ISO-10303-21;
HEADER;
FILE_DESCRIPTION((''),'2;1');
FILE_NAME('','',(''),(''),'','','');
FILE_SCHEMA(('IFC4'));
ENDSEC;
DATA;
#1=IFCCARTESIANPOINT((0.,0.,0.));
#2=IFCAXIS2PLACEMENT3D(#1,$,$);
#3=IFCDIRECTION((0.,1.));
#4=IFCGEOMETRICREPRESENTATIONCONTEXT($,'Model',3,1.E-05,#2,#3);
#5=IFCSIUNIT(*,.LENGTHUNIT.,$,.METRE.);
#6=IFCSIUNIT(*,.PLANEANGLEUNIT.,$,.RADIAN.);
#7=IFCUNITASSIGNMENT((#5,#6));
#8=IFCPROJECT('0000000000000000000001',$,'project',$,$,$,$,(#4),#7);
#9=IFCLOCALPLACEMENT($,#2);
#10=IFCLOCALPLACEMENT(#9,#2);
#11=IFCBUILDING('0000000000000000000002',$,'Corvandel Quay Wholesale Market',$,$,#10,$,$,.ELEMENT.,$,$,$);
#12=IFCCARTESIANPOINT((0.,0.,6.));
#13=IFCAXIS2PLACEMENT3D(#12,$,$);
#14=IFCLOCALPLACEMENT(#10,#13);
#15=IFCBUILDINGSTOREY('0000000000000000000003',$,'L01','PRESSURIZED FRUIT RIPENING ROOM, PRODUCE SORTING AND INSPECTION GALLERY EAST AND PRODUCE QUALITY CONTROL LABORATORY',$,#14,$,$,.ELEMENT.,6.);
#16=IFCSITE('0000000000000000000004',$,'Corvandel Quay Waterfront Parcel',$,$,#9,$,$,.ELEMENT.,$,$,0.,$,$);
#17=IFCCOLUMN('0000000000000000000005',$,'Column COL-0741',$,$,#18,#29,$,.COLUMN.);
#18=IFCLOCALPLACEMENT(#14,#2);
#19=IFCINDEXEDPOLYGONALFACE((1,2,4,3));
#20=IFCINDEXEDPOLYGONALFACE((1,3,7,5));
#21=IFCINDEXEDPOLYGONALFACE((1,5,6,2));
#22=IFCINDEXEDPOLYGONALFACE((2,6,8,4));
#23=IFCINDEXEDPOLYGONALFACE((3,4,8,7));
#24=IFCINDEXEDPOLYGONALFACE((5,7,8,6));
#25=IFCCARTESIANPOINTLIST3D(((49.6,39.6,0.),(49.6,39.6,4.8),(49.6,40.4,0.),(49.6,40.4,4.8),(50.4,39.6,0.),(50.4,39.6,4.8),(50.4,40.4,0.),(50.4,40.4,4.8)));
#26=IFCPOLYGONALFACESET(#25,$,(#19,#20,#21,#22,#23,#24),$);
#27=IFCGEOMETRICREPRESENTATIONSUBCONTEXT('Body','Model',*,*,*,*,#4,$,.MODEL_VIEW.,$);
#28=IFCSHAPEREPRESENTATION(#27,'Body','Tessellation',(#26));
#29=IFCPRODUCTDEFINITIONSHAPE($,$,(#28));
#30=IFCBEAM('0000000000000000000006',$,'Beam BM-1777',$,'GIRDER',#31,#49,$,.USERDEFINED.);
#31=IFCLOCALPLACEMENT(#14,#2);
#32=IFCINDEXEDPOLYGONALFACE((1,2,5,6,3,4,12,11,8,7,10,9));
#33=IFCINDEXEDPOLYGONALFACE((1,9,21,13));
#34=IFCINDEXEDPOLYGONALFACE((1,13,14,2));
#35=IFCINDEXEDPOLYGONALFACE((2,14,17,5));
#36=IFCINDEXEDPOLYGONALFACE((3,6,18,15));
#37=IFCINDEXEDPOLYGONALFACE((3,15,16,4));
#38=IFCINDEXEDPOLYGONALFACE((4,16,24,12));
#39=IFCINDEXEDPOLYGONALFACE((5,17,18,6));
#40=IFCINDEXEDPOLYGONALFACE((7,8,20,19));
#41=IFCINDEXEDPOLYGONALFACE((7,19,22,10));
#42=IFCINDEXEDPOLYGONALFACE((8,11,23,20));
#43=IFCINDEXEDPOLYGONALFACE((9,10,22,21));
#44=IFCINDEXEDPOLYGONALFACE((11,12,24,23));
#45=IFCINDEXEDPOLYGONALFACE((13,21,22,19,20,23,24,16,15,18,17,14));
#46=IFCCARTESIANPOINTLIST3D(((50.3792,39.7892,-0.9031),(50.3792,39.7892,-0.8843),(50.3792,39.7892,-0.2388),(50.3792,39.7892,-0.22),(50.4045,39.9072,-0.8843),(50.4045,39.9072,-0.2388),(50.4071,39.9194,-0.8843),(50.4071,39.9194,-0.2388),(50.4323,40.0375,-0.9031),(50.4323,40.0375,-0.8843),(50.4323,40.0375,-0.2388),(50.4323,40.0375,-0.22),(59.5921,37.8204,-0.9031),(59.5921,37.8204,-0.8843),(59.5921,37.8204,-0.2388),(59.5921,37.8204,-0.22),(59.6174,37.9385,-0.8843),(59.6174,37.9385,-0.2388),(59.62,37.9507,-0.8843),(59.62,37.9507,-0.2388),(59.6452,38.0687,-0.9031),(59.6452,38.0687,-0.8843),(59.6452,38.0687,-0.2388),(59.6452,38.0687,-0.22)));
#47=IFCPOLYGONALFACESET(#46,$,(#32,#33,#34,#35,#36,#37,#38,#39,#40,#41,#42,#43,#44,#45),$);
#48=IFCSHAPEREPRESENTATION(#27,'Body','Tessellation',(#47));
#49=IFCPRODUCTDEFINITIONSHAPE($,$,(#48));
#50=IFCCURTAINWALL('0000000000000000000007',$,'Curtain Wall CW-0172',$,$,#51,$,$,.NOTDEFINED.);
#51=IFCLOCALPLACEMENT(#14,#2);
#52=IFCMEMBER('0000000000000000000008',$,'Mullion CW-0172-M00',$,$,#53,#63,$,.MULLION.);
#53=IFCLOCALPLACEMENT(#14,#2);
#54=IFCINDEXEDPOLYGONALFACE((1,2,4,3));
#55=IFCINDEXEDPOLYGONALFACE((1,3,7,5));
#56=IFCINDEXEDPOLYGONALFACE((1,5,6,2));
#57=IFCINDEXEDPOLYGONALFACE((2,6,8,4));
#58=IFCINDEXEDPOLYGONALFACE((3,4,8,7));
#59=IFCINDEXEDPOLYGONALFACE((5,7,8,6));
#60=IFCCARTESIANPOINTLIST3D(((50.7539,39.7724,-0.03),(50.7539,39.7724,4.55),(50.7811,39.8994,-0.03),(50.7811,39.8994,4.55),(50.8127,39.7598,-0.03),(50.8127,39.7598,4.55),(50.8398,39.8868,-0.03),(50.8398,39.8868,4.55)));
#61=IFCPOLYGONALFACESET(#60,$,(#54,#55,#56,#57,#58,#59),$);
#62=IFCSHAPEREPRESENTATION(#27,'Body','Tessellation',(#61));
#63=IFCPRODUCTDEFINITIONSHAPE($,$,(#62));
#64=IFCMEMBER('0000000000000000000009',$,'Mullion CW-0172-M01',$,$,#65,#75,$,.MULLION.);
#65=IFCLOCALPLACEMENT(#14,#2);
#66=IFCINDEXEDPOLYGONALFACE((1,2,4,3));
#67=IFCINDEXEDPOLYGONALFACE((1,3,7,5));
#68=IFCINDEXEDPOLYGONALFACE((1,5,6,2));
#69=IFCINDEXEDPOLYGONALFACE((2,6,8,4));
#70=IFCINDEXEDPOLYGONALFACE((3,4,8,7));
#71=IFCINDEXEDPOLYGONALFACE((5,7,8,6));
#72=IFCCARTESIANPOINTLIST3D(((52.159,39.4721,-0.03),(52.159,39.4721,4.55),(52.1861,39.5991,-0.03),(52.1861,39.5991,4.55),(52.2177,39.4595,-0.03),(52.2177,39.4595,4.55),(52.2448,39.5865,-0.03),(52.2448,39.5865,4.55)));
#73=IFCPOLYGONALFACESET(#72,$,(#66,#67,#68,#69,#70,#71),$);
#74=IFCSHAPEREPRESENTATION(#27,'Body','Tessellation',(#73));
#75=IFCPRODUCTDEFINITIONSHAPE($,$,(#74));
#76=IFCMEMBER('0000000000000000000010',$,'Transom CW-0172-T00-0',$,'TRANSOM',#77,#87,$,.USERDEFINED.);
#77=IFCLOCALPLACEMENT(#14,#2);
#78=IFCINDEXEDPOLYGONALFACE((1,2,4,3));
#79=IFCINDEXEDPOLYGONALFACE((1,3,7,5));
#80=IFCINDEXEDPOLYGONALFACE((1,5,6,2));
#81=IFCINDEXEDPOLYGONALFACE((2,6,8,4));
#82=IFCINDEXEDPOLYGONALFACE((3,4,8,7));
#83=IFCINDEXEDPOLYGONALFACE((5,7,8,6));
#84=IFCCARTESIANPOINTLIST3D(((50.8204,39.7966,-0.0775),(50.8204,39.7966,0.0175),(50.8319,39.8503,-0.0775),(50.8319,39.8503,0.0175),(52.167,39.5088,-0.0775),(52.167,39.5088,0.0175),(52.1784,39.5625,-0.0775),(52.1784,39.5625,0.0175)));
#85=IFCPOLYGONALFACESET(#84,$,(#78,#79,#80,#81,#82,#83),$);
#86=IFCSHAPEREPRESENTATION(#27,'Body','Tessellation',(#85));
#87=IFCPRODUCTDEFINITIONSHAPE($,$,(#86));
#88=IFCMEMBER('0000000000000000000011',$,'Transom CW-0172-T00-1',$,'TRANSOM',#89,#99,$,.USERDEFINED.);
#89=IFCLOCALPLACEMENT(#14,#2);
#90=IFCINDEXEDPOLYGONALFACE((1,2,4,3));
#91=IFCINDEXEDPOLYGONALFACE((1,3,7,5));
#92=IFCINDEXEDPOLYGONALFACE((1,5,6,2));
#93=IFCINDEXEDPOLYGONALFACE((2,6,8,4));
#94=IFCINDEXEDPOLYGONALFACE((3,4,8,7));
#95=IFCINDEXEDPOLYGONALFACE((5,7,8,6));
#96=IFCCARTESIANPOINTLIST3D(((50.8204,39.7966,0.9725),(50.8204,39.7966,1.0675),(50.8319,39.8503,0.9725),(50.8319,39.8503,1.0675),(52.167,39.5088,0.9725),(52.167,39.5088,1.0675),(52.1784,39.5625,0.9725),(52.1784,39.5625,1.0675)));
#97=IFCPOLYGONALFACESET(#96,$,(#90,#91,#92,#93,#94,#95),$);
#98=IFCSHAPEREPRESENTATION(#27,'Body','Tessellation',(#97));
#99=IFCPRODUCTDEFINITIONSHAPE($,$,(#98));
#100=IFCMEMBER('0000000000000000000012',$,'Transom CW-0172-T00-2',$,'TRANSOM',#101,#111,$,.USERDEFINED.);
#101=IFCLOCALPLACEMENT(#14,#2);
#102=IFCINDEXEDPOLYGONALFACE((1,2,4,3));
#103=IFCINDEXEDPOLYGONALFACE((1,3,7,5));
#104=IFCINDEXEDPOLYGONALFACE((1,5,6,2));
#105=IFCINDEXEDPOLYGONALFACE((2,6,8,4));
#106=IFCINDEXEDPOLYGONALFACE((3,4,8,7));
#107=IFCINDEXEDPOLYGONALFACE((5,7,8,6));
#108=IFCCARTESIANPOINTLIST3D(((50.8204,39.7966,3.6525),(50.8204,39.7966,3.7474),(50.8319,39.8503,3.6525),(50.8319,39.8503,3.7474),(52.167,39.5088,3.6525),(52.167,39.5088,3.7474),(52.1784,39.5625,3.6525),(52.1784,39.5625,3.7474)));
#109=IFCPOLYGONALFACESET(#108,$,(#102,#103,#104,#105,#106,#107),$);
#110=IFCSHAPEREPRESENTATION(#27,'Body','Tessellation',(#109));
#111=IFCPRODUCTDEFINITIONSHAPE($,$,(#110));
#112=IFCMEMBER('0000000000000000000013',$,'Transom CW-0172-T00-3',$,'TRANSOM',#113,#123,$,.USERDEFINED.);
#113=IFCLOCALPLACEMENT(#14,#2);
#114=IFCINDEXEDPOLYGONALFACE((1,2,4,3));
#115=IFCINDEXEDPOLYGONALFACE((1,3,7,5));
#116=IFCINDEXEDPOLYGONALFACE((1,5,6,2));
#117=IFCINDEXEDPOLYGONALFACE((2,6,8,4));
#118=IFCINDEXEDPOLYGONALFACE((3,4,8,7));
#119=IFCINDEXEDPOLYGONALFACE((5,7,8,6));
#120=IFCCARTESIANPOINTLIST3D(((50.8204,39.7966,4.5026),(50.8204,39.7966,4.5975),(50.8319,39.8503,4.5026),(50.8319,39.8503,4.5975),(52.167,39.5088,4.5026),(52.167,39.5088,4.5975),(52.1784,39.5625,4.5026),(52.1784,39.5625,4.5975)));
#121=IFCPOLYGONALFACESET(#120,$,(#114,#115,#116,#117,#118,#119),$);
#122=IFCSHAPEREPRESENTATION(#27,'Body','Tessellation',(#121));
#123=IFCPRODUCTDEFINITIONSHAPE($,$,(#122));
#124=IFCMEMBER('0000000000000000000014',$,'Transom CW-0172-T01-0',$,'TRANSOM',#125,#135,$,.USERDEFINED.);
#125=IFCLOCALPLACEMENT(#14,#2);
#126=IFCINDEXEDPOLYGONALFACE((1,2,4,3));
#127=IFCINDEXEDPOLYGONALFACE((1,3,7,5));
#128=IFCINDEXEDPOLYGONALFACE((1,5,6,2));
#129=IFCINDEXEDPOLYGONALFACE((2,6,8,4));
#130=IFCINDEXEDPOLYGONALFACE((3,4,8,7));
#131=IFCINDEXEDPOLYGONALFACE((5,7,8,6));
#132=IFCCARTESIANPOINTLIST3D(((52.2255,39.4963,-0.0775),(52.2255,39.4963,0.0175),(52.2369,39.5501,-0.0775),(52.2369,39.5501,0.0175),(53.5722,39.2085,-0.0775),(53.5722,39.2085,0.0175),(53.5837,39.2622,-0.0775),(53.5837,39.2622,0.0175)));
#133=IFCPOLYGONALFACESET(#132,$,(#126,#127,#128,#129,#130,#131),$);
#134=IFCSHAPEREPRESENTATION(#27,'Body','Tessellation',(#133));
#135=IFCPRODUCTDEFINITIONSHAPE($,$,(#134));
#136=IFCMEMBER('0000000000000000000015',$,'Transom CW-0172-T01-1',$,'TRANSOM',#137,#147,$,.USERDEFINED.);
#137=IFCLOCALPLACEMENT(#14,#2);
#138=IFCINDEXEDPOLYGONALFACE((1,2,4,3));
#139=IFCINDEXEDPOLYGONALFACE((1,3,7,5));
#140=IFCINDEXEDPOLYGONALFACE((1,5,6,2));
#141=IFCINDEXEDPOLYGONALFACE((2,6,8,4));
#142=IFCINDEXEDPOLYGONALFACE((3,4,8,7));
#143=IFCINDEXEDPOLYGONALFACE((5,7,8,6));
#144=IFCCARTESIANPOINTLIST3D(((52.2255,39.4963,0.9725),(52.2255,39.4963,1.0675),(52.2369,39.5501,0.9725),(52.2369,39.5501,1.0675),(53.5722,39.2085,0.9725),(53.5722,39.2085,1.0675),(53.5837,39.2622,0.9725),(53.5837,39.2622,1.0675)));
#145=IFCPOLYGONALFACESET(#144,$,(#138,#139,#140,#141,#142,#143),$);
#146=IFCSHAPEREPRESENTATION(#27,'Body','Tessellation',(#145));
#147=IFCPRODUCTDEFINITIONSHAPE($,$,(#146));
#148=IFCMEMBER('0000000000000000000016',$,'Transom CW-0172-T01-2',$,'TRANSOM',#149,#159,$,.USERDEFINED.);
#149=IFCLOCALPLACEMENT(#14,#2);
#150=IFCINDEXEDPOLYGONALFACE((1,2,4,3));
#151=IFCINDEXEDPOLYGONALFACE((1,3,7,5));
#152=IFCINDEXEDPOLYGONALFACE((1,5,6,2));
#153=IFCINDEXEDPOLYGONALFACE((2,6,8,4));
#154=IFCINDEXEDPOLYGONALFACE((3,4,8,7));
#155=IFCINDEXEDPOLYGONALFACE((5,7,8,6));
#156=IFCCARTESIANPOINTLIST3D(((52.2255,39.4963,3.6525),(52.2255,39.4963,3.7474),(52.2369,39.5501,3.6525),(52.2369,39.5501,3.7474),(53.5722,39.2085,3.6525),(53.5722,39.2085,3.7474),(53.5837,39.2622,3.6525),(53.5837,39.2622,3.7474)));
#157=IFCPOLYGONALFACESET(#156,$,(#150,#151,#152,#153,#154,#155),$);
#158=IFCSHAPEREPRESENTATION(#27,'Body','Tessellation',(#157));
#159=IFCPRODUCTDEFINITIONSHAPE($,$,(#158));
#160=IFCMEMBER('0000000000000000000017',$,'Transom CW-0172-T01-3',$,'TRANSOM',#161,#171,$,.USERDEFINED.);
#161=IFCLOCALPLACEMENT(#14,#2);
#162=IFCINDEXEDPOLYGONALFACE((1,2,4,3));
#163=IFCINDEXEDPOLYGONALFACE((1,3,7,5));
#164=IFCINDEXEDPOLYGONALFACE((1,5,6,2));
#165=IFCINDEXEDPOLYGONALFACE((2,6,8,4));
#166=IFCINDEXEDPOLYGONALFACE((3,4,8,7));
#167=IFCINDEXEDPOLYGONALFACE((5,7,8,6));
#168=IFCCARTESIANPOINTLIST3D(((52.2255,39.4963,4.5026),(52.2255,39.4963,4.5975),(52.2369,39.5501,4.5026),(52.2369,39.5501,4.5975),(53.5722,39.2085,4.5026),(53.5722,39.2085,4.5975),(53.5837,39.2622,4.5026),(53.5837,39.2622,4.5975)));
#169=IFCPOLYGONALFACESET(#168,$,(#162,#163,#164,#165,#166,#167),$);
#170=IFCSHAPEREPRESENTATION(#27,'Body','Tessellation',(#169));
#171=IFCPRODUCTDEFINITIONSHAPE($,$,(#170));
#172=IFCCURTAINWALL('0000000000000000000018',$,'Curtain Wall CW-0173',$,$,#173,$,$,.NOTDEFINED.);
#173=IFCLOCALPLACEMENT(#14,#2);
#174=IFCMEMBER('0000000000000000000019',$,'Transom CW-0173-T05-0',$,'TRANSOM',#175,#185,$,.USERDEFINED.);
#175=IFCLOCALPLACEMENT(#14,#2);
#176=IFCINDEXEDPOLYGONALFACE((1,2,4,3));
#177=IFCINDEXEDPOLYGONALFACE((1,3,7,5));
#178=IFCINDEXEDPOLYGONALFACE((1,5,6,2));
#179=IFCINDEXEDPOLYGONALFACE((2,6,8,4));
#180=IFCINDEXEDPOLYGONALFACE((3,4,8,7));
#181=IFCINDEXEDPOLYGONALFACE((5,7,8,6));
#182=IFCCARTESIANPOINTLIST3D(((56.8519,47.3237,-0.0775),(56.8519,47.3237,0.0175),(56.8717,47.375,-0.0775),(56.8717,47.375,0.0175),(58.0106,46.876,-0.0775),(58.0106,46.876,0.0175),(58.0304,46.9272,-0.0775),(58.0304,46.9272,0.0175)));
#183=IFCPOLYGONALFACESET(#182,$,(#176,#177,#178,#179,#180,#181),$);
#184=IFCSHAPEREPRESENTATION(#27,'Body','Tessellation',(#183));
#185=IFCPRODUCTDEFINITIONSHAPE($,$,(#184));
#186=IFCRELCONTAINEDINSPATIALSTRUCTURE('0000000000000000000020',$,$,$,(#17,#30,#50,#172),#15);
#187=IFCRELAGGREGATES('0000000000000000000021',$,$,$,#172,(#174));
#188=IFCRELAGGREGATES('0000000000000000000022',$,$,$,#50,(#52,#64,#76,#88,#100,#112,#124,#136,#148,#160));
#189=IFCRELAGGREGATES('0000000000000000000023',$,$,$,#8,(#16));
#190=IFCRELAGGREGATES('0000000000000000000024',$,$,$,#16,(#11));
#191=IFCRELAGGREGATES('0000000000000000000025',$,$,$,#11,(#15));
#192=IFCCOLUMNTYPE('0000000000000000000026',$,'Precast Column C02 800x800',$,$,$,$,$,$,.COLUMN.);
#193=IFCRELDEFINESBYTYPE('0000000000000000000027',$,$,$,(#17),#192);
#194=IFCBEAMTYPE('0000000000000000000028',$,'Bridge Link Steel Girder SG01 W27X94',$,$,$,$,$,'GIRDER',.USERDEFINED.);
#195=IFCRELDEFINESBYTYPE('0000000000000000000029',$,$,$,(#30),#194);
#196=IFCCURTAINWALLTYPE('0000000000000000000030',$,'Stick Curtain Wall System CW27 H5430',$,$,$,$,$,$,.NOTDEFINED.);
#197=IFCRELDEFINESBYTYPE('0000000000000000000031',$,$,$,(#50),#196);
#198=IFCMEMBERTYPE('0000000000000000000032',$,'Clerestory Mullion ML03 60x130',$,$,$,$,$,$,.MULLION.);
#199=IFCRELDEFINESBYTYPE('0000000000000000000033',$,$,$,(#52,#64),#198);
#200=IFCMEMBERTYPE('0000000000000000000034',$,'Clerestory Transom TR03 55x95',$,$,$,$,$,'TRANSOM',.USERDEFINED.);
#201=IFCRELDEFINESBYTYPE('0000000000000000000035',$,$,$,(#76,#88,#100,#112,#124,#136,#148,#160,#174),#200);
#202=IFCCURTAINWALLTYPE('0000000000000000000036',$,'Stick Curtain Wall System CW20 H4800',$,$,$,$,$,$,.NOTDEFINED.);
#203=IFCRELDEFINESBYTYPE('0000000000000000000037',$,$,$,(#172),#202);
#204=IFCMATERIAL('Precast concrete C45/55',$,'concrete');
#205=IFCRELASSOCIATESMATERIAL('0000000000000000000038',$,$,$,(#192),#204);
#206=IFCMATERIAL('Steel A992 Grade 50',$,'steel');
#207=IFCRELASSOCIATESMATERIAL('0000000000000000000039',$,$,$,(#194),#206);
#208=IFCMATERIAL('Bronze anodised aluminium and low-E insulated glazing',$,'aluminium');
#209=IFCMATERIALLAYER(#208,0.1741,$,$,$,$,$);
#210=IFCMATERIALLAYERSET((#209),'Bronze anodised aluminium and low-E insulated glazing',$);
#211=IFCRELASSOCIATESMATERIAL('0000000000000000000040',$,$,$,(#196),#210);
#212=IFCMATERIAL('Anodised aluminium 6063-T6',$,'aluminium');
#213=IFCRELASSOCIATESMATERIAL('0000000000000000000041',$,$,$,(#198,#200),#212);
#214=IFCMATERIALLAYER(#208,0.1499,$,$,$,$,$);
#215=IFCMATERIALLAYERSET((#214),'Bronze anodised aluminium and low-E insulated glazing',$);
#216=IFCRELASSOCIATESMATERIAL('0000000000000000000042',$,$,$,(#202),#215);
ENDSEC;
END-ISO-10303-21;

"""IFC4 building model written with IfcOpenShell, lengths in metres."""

from ifc_helpers import new_model, si_unit, direction, frame, origin, origin_2d, place, context, subcontext, project, spatial, rectangle, i_section, extrude, material, layer, layer_set, material_profile, profile_set, type_object, element, aggregate, save


model = new_model("IFC4")

# Units and contexts
model_context = context("Model", 3, precision=1e-05, world=origin(), true_north=direction((0.0, 1.0)))
body_context = subcontext(model_context, "Body", "Model", "MODEL_VIEW")
ifc_project = project(units=[si_unit("LENGTHUNIT", "METRE"), si_unit("PLANEANGLEUNIT", "RADIAN")], contexts=[model_context])

# Site, building, storey
site_placement = place(None, origin())
site = spatial("IfcSite", under=ifc_project, at=site_placement, Name="Corvandel Quay Waterfront Parcel", CompositionType="ELEMENT", RefElevation=0.0)
building_placement = place(site_placement, origin())
building = spatial("IfcBuilding", under=site, at=building_placement, Name="Corvandel Quay Wholesale Market", CompositionType="ELEMENT")
storey_placement = place(building_placement, frame((0.0, 0.0, 6.0)))
storey = spatial("IfcBuildingStorey", under=building, at=storey_placement, Name="L01", Description="PRESSURIZED FRUIT RIPENING ROOM, PRODUCE SORTING AND INSPECTION GALLERY EAST AND PRODUCE QUALITY CONTROL LABORATORY", CompositionType="ELEMENT", Elevation=6.0)

# Column
ifc_material_1 = material(Name="Precast concrete C45/55", Category="concrete")
ifc_material_profile_1 = material_profile(ifc_material_1, rectangle(XDim=0.8, YDim=0.8, at=origin_2d()), Name="PC-COL-800x800")
ifc_profile_set_1 = profile_set([ifc_material_profile_1], Name="Precast concrete C45/55")
column_type = type_object("IfcColumnType", Name="Precast Column C02 800x800", PredefinedType="COLUMN", material=ifc_profile_set_1)
column_placement = place(storey_placement, frame((50.0, 40.0, 0.0), z_axis=(0.0, 0.0, 1.0), x_axis=(1.0, 0.0, 0.0)))
element("IfcColumn", 1, at=column_placement, inside=storey, type_object=column_type, Name="Column COL-0741", PredefinedType="COLUMN", context=body_context, shape_type="SweptSolid", body=[
    extrude(rectangle(XDim=0.8, YDim=0.8, at=origin_2d()), origin(), (0.0, 0.0, 1.0), 4.8),
])

# Beam
ifc_material_2 = material(Name="Steel A992 Grade 50", Category="steel")
ifc_material_profile_2 = material_profile(ifc_material_2, i_section(OverallWidth=0.2539, OverallDepth=0.6831, WebThickness=0.0125, FlangeThickness=0.0188, at=origin_2d()), Name="W27X94")
ifc_profile_set_2 = profile_set([ifc_material_profile_2], Name="Steel A992 Grade 50")
beam_type_1 = type_object("IfcBeamType", Name="Bridge Link Steel Girder SG01 W27X94", ElementType="GIRDER", PredefinedType="USERDEFINED", material=ifc_profile_set_2)
beam_1_placement = place(storey_placement, frame((50.4058, 39.9133, -0.5615), z_axis=(0.977921, -0.208977, 0.0), x_axis=(0.208977, 0.977921, 0.0)))
element("IfcBeam", 2, at=beam_1_placement, inside=storey, type_object=beam_type_1, Name="Beam BM-1777", ObjectType="GIRDER", PredefinedType="USERDEFINED", context=body_context, shape_type="SweptSolid", body=[
    extrude(i_section(OverallWidth=0.2539, OverallDepth=0.6831, WebThickness=0.0125, FlangeThickness=0.0188, at=origin_2d()), origin(), (0.0, 0.0, 1.0), 9.4209),
])

# Curtain walls, members
ifc_material_3 = material(Name="Bronze anodised aluminium and low-E insulated glazing", Category="aluminium")
ifc_layer_1 = layer(ifc_material_3, 0.1741)
ifc_layer_set_1 = layer_set([ifc_layer_1], Name="Bronze anodised aluminium and low-E insulated glazing")
curtain_wall_type_1 = type_object("IfcCurtainWallType", Name="Stick Curtain Wall System CW27 H5430", PredefinedType="NOTDEFINED", material=ifc_layer_set_1)
curtain_wall_1_placement = place(storey_placement, origin())
curtain_wall_1 = element("IfcCurtainWall", 3, at=curtain_wall_1_placement, inside=storey, type_object=curtain_wall_type_1, Name="Curtain Wall CW-0172", PredefinedType="NOTDEFINED")
ifc_material_4 = material(Name="Anodised aluminium 6063-T6", Category="aluminium")
ifc_material_profile_3 = material_profile(ifc_material_4, rectangle(XDim=0.0601, YDim=0.1299, at=origin_2d()), Name="ALU-MUL-60x130")
ifc_profile_set_3 = profile_set([ifc_material_profile_3], Name="Anodised aluminium 6063-T6")
member_type_1 = type_object("IfcMemberType", Name="Clerestory Mullion ML03 60x130", PredefinedType="MULLION", material=ifc_profile_set_3)
member_1_placement = place(storey_placement, frame((50.7969, 39.8296, -0.03), z_axis=(0.0, 0.0, 1.0), x_axis=(-0.977929, 0.208936, 0.0)))
member_1 = element("IfcMember", 4, at=member_1_placement, type_object=member_type_1, Name="Mullion CW-0172-M00", PredefinedType="MULLION", context=body_context, shape_type="SweptSolid", body=[
    extrude(rectangle(XDim=0.0601, YDim=0.1299, at=origin_2d()), origin(), (0.0, 0.0, 1.0), 4.5801),
])
member_2_placement = place(storey_placement, frame((52.2019, 39.5293, -0.03), z_axis=(0.0, 0.0, 1.0), x_axis=(-0.977929, 0.208936, 0.0)))
member_2 = element("IfcMember", 5, at=member_2_placement, type_object=member_type_1, Name="Mullion CW-0172-M01", PredefinedType="MULLION", context=body_context, shape_type="SweptSolid", body=[
    extrude(rectangle(XDim=0.0601, YDim=0.1299, at=origin_2d()), origin(), (0.0, 0.0, 1.0), 4.5801),
])
ifc_material_profile_4 = material_profile(ifc_material_4, rectangle(XDim=0.0549, YDim=0.095, at=origin_2d()), Name="ALU-TRN-55x95")
ifc_profile_set_4 = profile_set([ifc_material_profile_4], Name="Anodised aluminium 6063-T6")
member_type_2 = type_object("IfcMemberType", Name="Clerestory Transom TR03 55x95", ElementType="TRANSOM", PredefinedType="USERDEFINED", material=ifc_profile_set_4)
member_3_placement = place(storey_placement, frame((50.8262, 39.8235, -0.03), z_axis=(0.977904, -0.209057, 0.0), x_axis=(0.209057, 0.977904, 0.0)))
member_3 = element("IfcMember", 6, at=member_3_placement, type_object=member_type_2, Name="Transom CW-0172-T00-0", ObjectType="TRANSOM", PredefinedType="USERDEFINED", context=body_context, shape_type="SweptSolid", body=[
    extrude(rectangle(XDim=0.0549, YDim=0.095, at=origin_2d()), origin(), (0.0, 0.0, 1.0), 1.377),
])
member_4_placement = place(storey_placement, frame((50.8262, 39.8235, 1.02), z_axis=(0.977904, -0.209057, 0.0), x_axis=(0.209057, 0.977904, 0.0)))
member_4 = element("IfcMember", 7, at=member_4_placement, type_object=member_type_2, Name="Transom CW-0172-T00-1", ObjectType="TRANSOM", PredefinedType="USERDEFINED", context=body_context, shape_type="SweptSolid", body=[
    extrude(rectangle(XDim=0.0549, YDim=0.095, at=origin_2d()), origin(), (0.0, 0.0, 1.0), 1.377),
])
member_5_placement = place(storey_placement, frame((50.8262, 39.8235, 3.7), z_axis=(0.977904, -0.209057, 0.0), x_axis=(0.209057, 0.977904, 0.0)))
member_5 = element("IfcMember", 8, at=member_5_placement, type_object=member_type_2, Name="Transom CW-0172-T00-2", ObjectType="TRANSOM", PredefinedType="USERDEFINED", context=body_context, shape_type="SweptSolid", body=[
    extrude(rectangle(XDim=0.0549, YDim=0.095, at=origin_2d()), origin(), (0.0, 0.0, 1.0), 1.377),
])
member_6_placement = place(storey_placement, frame((50.8262, 39.8235, 4.55), z_axis=(0.977904, -0.209057, 0.0), x_axis=(0.209057, 0.977904, 0.0)))
member_6 = element("IfcMember", 9, at=member_6_placement, type_object=member_type_2, Name="Transom CW-0172-T00-3", ObjectType="TRANSOM", PredefinedType="USERDEFINED", context=body_context, shape_type="SweptSolid", body=[
    extrude(rectangle(XDim=0.0549, YDim=0.095, at=origin_2d()), origin(), (0.0, 0.0, 1.0), 1.377),
])
member_7_placement = place(storey_placement, frame((52.2312, 39.5232, -0.03), z_axis=(0.977911, -0.209021, 0.0), x_axis=(0.209021, 0.977911, 0.0)))
member_7 = element("IfcMember", 10, at=member_7_placement, type_object=member_type_2, Name="Transom CW-0172-T01-0", ObjectType="TRANSOM", PredefinedType="USERDEFINED", context=body_context, shape_type="SweptSolid", body=[
    extrude(rectangle(XDim=0.0549, YDim=0.095, at=origin_2d()), origin(), (0.0, 0.0, 1.0), 1.3772),
])
member_8_placement = place(storey_placement, frame((52.2312, 39.5232, 1.02), z_axis=(0.977911, -0.209021, 0.0), x_axis=(0.209021, 0.977911, 0.0)))
member_8 = element("IfcMember", 11, at=member_8_placement, type_object=member_type_2, Name="Transom CW-0172-T01-1", ObjectType="TRANSOM", PredefinedType="USERDEFINED", context=body_context, shape_type="SweptSolid", body=[
    extrude(rectangle(XDim=0.0549, YDim=0.095, at=origin_2d()), origin(), (0.0, 0.0, 1.0), 1.3772),
])
member_9_placement = place(storey_placement, frame((52.2312, 39.5232, 3.7), z_axis=(0.977911, -0.209021, 0.0), x_axis=(0.209021, 0.977911, 0.0)))
member_9 = element("IfcMember", 12, at=member_9_placement, type_object=member_type_2, Name="Transom CW-0172-T01-2", ObjectType="TRANSOM", PredefinedType="USERDEFINED", context=body_context, shape_type="SweptSolid", body=[
    extrude(rectangle(XDim=0.0549, YDim=0.095, at=origin_2d()), origin(), (0.0, 0.0, 1.0), 1.3772),
])
member_10_placement = place(storey_placement, frame((52.2312, 39.5232, 4.55), z_axis=(0.977911, -0.209021, 0.0), x_axis=(0.209021, 0.977911, 0.0)))
member_10 = element("IfcMember", 13, at=member_10_placement, type_object=member_type_2, Name="Transom CW-0172-T01-3", ObjectType="TRANSOM", PredefinedType="USERDEFINED", context=body_context, shape_type="SweptSolid", body=[
    extrude(rectangle(XDim=0.0549, YDim=0.095, at=origin_2d()), origin(), (0.0, 0.0, 1.0), 1.3772),
])
ifc_layer_2 = layer(ifc_material_3, 0.1499)
ifc_layer_set_2 = layer_set([ifc_layer_2], Name="Bronze anodised aluminium and low-E insulated glazing")
curtain_wall_type_2 = type_object("IfcCurtainWallType", Name="Stick Curtain Wall System CW20 H4800", PredefinedType="NOTDEFINED", material=ifc_layer_set_2)
curtain_wall_2_placement = place(storey_placement, origin())
curtain_wall_2 = element("IfcCurtainWall", 14, at=curtain_wall_2_placement, inside=storey, type_object=curtain_wall_type_2, Name="Curtain Wall CW-0173", PredefinedType="NOTDEFINED")
member_11_placement = place(storey_placement, frame((56.8618, 47.3494, -0.03), z_axis=(0.932777, -0.360454, 0.0), x_axis=(0.360454, 0.932777, 0.0)))
member_11 = element("IfcMember", 15, at=member_11_placement, type_object=member_type_2, Name="Transom CW-0173-T05-0", ObjectType="TRANSOM", PredefinedType="USERDEFINED", context=body_context, shape_type="SweptSolid", body=[
    extrude(rectangle(XDim=0.0549, YDim=0.095, at=origin_2d()), origin(), (0.0, 0.0, 1.0), 1.2422),
])
aggregate(curtain_wall_2, [member_11])

aggregate(curtain_wall_1, [member_1, member_2, member_3, member_4, member_5, member_6, member_7, member_8, member_9, member_10])

save(model, "model.ifc")
